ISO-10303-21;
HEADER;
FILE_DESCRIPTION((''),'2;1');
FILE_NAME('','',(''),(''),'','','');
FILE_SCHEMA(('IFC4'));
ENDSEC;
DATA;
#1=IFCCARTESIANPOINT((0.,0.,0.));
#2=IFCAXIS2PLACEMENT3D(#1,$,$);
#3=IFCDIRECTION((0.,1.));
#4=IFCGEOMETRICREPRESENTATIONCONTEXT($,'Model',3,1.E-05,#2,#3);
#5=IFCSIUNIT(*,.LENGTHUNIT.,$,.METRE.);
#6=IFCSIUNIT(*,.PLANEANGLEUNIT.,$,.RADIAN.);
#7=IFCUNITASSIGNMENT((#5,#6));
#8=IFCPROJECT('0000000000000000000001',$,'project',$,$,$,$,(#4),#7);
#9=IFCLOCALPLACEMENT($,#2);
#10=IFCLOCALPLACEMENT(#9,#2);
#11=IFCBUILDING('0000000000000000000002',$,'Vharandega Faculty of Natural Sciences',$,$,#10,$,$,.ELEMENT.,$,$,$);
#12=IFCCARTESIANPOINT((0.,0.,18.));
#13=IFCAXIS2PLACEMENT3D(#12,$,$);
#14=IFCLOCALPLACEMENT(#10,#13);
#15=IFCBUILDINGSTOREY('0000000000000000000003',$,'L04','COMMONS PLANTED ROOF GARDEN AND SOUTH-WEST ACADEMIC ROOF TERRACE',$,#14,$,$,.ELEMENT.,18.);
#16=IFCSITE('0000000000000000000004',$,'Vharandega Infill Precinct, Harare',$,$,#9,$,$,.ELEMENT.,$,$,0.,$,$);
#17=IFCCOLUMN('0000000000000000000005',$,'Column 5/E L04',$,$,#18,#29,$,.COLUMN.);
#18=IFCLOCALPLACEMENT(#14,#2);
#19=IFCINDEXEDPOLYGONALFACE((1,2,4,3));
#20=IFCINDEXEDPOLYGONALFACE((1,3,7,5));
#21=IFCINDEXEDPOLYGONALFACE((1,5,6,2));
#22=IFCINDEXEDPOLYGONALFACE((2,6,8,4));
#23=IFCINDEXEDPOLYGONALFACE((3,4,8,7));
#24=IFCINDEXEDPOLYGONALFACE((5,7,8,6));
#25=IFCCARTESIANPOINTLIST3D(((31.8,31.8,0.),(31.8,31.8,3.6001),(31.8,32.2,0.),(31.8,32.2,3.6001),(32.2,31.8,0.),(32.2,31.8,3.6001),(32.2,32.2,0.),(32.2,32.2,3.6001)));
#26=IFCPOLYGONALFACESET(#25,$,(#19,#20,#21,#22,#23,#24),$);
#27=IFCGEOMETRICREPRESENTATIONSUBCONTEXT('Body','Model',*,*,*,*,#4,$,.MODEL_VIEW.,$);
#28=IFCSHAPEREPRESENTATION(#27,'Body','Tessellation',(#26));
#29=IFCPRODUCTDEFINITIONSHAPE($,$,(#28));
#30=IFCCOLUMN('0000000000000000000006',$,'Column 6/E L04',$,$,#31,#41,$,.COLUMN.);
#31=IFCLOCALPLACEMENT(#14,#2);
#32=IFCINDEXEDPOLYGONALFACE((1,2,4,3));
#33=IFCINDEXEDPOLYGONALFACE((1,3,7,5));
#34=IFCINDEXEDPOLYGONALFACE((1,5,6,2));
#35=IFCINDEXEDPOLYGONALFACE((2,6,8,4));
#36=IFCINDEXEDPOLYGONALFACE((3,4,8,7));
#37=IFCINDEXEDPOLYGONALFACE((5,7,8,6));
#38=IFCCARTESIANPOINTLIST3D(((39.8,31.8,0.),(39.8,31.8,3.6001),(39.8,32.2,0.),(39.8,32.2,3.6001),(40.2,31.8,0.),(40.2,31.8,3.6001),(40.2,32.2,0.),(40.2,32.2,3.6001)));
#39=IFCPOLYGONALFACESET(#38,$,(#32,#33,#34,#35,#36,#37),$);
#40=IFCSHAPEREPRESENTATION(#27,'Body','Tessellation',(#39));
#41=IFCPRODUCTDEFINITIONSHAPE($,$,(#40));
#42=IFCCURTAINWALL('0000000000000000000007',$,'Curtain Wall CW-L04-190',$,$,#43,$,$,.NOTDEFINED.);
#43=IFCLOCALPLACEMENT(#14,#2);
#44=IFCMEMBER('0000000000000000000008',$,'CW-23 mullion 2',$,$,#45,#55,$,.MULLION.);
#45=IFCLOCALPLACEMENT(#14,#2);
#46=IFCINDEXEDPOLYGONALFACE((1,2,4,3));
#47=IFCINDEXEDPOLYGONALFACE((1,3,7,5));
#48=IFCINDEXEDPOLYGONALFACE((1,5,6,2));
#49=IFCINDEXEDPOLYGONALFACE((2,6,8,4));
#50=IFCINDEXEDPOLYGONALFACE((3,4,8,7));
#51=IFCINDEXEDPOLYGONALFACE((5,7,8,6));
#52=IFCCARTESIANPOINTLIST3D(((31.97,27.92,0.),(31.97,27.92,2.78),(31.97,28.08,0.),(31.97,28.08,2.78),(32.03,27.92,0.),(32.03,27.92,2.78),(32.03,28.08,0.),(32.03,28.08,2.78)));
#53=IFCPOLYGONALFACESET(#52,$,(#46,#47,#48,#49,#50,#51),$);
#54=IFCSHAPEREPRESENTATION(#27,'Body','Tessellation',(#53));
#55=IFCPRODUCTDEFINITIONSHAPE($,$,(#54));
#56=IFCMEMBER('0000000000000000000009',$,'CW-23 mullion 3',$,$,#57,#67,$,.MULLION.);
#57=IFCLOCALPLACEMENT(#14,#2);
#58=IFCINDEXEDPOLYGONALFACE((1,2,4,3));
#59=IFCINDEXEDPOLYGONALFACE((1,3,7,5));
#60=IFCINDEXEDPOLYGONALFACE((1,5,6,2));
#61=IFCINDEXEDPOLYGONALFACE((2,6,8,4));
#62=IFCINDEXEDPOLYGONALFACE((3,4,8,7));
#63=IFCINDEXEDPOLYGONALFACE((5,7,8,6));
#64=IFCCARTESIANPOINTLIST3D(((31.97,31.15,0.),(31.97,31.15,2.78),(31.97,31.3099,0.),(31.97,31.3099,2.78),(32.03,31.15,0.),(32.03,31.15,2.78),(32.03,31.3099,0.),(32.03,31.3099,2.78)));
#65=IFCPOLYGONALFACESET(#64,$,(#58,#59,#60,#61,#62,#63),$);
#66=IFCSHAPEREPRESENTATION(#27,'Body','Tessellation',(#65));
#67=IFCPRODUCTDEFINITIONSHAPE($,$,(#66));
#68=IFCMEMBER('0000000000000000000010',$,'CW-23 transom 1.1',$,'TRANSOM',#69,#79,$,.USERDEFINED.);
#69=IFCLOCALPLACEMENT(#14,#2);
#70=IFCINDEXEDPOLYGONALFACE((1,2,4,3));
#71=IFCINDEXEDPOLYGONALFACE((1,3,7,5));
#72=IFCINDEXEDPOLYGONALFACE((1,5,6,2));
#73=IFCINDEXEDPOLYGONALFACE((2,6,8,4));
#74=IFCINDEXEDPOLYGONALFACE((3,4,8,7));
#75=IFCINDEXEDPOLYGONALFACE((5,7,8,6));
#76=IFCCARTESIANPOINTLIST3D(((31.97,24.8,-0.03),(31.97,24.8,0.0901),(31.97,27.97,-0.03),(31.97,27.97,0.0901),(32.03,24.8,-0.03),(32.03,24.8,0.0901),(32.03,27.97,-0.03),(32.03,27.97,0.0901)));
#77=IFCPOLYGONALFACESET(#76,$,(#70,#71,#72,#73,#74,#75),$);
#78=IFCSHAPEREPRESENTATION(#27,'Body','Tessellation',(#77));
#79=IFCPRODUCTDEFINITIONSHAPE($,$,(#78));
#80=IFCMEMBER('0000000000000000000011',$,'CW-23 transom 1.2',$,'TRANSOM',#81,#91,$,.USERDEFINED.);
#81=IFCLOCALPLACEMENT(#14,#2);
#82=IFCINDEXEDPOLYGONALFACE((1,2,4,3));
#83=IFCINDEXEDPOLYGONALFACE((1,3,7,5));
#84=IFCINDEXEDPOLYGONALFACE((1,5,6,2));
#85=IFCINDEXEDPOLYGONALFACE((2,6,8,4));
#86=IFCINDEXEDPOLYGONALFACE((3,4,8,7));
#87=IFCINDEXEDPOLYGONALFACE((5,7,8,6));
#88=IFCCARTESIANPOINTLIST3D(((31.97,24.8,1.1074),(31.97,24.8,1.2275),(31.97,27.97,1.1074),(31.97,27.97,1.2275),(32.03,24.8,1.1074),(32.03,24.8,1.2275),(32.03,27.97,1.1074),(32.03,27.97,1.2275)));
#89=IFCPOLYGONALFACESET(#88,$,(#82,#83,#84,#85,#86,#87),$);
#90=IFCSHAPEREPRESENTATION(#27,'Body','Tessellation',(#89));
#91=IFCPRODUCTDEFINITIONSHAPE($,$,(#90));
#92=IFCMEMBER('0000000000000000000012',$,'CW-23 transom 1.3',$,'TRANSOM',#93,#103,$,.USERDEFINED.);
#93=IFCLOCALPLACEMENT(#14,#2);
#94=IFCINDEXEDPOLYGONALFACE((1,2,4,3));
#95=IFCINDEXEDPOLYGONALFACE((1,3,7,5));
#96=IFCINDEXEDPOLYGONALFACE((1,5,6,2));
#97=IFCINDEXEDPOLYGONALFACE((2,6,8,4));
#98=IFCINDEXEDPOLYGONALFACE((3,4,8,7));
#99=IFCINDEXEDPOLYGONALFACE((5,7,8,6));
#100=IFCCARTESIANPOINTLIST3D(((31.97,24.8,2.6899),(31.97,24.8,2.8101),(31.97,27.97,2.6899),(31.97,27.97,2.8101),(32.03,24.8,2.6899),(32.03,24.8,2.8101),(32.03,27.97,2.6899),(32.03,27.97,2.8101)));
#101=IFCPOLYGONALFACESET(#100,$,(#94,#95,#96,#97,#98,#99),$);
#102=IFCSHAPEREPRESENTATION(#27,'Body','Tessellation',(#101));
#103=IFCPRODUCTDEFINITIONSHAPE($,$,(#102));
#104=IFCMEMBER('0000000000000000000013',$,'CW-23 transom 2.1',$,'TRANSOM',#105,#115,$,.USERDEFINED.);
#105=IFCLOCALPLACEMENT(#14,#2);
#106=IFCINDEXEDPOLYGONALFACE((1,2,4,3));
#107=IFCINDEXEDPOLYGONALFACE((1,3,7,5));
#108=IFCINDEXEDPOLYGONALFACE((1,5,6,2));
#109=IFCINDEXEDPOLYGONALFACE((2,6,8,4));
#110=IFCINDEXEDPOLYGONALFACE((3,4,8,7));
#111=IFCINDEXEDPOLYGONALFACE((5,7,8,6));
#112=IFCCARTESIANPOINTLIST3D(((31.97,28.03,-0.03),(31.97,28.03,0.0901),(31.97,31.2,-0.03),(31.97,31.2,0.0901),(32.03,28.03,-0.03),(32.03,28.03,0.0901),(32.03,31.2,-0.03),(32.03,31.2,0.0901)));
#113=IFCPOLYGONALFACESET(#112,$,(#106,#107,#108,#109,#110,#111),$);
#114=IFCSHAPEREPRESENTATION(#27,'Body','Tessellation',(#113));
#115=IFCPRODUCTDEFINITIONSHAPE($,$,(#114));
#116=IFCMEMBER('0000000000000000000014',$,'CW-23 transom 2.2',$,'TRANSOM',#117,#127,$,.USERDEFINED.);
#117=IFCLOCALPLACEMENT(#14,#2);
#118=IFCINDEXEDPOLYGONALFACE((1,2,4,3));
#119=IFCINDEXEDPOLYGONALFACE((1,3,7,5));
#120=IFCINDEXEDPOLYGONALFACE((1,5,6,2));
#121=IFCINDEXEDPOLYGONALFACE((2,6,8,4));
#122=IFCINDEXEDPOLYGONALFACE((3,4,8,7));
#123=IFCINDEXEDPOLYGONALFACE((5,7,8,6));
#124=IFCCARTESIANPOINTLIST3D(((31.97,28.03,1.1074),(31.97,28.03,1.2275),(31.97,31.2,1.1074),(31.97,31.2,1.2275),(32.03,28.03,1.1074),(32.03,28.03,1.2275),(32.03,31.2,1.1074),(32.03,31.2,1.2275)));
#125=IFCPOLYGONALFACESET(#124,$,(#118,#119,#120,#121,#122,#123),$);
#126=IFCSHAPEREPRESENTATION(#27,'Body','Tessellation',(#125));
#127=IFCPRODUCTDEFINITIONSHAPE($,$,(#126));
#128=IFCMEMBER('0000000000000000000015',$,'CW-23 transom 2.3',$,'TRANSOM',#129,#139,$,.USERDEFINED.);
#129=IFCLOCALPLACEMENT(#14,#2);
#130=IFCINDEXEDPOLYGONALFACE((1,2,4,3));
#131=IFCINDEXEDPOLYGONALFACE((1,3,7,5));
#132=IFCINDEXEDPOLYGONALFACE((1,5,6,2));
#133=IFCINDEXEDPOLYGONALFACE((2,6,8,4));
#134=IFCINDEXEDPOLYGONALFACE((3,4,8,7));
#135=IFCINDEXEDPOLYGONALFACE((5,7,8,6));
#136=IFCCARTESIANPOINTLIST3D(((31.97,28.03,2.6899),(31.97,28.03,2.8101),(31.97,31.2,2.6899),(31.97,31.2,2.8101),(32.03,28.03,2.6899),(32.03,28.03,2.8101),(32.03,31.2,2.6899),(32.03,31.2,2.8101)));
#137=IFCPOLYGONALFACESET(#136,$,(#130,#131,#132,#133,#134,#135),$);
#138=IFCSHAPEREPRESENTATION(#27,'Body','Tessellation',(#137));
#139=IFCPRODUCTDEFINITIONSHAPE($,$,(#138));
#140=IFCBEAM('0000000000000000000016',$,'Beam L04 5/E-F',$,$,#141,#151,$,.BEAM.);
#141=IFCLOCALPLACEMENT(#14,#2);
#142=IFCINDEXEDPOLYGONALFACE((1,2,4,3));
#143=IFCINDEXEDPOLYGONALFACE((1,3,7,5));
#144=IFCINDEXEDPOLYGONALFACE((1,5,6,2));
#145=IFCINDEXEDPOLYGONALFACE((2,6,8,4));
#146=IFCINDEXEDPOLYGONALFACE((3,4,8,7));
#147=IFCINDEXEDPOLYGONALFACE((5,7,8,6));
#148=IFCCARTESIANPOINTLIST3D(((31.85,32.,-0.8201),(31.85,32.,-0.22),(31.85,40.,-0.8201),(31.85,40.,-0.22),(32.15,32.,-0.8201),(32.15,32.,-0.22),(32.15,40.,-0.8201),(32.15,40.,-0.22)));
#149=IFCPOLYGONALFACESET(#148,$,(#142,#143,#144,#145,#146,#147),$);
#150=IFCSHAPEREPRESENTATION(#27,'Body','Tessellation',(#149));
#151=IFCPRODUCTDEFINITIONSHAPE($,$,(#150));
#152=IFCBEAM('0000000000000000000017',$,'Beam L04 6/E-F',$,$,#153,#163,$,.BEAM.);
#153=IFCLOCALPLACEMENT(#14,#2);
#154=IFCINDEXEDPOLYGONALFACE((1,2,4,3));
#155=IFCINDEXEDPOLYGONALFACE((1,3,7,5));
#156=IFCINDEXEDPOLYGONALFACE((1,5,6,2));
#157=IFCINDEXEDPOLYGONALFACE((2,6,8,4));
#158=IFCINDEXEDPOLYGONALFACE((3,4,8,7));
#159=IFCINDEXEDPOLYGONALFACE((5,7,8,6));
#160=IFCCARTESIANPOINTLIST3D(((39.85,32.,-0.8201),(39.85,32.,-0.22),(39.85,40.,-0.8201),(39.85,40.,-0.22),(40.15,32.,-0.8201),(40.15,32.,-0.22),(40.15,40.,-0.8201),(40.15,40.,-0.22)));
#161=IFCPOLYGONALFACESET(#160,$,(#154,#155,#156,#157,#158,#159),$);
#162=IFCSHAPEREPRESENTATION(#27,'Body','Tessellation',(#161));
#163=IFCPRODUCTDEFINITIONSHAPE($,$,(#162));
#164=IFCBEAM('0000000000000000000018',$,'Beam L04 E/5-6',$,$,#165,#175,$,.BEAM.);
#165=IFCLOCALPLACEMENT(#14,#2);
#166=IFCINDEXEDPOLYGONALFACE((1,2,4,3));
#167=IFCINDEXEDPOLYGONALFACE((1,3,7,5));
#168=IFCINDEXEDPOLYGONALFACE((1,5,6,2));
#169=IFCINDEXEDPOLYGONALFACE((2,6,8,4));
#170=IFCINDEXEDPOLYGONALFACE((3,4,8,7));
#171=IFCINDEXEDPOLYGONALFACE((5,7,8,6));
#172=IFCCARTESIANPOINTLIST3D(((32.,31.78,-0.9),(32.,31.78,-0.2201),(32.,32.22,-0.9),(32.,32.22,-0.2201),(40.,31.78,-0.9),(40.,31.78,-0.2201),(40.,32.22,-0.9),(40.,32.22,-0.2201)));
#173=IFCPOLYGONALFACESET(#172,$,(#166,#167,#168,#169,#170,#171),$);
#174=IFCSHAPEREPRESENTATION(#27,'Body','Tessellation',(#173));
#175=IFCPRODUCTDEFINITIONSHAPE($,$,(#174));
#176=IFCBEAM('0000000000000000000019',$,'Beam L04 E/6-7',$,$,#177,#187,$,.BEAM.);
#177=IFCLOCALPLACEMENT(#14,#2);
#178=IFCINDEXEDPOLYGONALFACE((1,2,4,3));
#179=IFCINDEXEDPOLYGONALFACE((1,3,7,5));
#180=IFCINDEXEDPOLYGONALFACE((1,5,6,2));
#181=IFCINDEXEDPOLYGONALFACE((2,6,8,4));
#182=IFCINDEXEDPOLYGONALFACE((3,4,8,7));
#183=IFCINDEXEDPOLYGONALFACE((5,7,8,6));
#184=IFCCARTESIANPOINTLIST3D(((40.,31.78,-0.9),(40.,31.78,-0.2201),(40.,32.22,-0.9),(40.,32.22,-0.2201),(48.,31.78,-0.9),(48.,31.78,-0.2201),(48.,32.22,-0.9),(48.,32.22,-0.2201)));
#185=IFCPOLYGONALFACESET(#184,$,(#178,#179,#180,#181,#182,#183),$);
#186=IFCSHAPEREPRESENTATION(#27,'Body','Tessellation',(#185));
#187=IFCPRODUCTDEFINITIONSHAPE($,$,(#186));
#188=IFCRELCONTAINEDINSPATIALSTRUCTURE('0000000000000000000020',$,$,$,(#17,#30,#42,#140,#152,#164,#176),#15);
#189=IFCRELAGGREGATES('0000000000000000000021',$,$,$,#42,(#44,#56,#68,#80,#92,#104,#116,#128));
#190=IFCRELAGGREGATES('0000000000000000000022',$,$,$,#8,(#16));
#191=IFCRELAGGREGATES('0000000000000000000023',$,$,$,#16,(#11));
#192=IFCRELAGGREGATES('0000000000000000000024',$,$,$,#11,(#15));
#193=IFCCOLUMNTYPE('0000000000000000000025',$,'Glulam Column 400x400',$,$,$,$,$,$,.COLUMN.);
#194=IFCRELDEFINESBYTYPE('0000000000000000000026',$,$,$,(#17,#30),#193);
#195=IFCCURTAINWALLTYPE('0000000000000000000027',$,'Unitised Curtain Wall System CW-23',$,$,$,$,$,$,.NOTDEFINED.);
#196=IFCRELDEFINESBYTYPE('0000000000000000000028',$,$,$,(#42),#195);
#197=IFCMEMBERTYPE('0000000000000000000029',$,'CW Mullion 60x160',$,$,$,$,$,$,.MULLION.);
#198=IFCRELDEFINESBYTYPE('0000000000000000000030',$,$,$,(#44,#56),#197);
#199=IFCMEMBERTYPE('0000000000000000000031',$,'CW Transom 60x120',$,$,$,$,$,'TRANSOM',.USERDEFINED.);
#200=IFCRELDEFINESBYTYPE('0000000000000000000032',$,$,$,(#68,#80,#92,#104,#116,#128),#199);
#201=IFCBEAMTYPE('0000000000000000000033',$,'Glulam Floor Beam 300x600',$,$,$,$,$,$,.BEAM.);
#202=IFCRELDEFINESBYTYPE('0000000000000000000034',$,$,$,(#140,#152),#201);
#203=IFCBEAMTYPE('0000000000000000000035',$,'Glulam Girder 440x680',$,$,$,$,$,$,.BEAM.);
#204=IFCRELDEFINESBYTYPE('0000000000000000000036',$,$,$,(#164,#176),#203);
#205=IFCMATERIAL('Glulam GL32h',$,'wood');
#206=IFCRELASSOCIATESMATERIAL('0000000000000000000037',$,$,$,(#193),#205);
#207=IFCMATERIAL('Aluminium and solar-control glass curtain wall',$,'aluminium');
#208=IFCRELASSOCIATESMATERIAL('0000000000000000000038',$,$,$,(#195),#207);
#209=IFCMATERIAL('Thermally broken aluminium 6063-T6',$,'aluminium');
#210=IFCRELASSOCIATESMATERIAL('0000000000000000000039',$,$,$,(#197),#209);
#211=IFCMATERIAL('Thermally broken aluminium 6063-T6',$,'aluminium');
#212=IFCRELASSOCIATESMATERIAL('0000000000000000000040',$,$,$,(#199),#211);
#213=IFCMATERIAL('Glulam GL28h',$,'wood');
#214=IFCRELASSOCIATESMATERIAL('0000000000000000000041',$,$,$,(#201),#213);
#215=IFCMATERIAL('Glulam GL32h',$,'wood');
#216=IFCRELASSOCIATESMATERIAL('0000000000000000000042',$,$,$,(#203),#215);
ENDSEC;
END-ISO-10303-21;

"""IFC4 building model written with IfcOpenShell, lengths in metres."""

from ifc_helpers import new_model, si_unit, direction, frame, origin, origin_2d, place, context, subcontext, project, spatial, rectangle, extrude, material, material_profile, profile_set, type_object, element, aggregate, save


model = new_model("IFC4")

# Units and contexts
model_context = context("Model", 3, precision=1e-05, world=origin(), true_north=direction((0.0, 1.0)))
body_context = subcontext(model_context, "Body", "Model", "MODEL_VIEW")
ifc_project = project(units=[si_unit("LENGTHUNIT", "METRE"), si_unit("PLANEANGLEUNIT", "RADIAN")], contexts=[model_context])

# Site, building, storey
site_placement = place(None, origin())
site = spatial("IfcSite", under=ifc_project, at=site_placement, Name="Vharandega Infill Precinct, Harare", CompositionType="ELEMENT", RefElevation=0.0)
building_placement = place(site_placement, origin())
building = spatial("IfcBuilding", under=site, at=building_placement, Name="Vharandega Faculty of Natural Sciences", CompositionType="ELEMENT")
storey_placement = place(building_placement, frame((0.0, 0.0, 18.0)))
storey = spatial("IfcBuildingStorey", under=building, at=storey_placement, Name="L04", Description="COMMONS PLANTED ROOF GARDEN AND SOUTH-WEST ACADEMIC ROOF TERRACE", CompositionType="ELEMENT", Elevation=18.0)

# Columns
ifc_material_1 = material(Name="Glulam GL32h", Category="wood")
ifc_material_profile_1 = material_profile(ifc_material_1, rectangle(XDim=0.3999, YDim=0.3999, at=origin_2d()), Name="GL32h 400x400")
ifc_profile_set_1 = profile_set([ifc_material_profile_1], Name="Glulam GL32h")
column_type = type_object("IfcColumnType", Name="Glulam Column 400x400", PredefinedType="COLUMN", material=ifc_profile_set_1)
for number, where, z_axis, x_axis, name in (
    (1, (32.0, 32.0, 0.0), (0.0, 0.0, 1.0), (1.0, 0.0, 0.0), "Column 5/E L04"),
    (2, (40.0, 32.0, 0.0), (0.0, 0.0, 1.0), (1.0, 0.0, 0.0), "Column 6/E L04"),
):
    element("IfcColumn", number, at=place(storey_placement, frame(where, z_axis=z_axis, x_axis=x_axis)), inside=storey, type_object=column_type, Name=name, PredefinedType="COLUMN", context=body_context, shape_type="SweptSolid", body=[
        extrude(rectangle(XDim=0.3999, YDim=0.3999, at=origin_2d()), origin(), (0.0, 0.0, 1.0), 3.6001),
    ])

# Curtain wall, members
ifc_material_2 = material(Name="Aluminium and solar-control glass curtain wall", Category="aluminium")
curtain_wall_type = type_object("IfcCurtainWallType", Name="Unitised Curtain Wall System CW-23", PredefinedType="NOTDEFINED", material=ifc_material_2)
curtain_wall_placement = place(storey_placement, origin())
curtain_wall = element("IfcCurtainWall", 3, at=curtain_wall_placement, inside=storey, type_object=curtain_wall_type, Name="Curtain Wall CW-L04-190", PredefinedType="NOTDEFINED")
ifc_material_3 = material(Name="Thermally broken aluminium 6063-T6", Category="aluminium")
ifc_material_profile_2 = material_profile(ifc_material_3, rectangle(XDim=0.0601, YDim=0.1599, at=origin_2d()), Name="ALU 60x160")
ifc_profile_set_2 = profile_set([ifc_material_profile_2], Name="Thermally broken aluminium 6063-T6")
member_type_1 = type_object("IfcMemberType", Name="CW Mullion 60x160", PredefinedType="MULLION", material=ifc_profile_set_2)
member_1_placement = place(storey_placement, frame((32.0, 28.0, 0.0), z_axis=(0.0, 0.0, 1.0), x_axis=(-1.0, 0.0, 0.0)))
member_1 = element("IfcMember", 4, at=member_1_placement, type_object=member_type_1, Name="CW-23 mullion 2", PredefinedType="MULLION", context=body_context, shape_type="SweptSolid", body=[
    extrude(rectangle(XDim=0.0601, YDim=0.1599, at=origin_2d()), origin(), (0.0, 0.0, 1.0), 2.78),
])
member_2_placement = place(storey_placement, frame((32.0, 31.23, 0.0), z_axis=(0.0, 0.0, 1.0), x_axis=(-1.0, 0.0, 0.0)))
member_2 = element("IfcMember", 5, at=member_2_placement, type_object=member_type_1, Name="CW-23 mullion 3", PredefinedType="MULLION", context=body_context, shape_type="SweptSolid", body=[
    extrude(rectangle(XDim=0.0601, YDim=0.1599, at=origin_2d()), origin(), (0.0, 0.0, 1.0), 2.78),
])
ifc_material_4 = material(Name="Thermally broken aluminium 6063-T6", Category="aluminium")
ifc_material_profile_3 = material_profile(ifc_material_4, rectangle(XDim=0.0601, YDim=0.1201, at=origin_2d()), Name="ALU 60x120")
ifc_profile_set_3 = profile_set([ifc_material_profile_3], Name="Thermally broken aluminium 6063-T6")
member_type_2 = type_object("IfcMemberType", Name="CW Transom 60x120", ElementType="TRANSOM", PredefinedType="USERDEFINED", material=ifc_profile_set_3)
member_3_placement = place(storey_placement, frame((32.0, 24.8, 0.03), z_axis=(0.0, 1.0, 0.0), x_axis=(-1.0, 0.0, 0.0)))
member_3 = element("IfcMember", 6, at=member_3_placement, type_object=member_type_2, Name="CW-23 transom 1.1", ObjectType="TRANSOM", PredefinedType="USERDEFINED", context=body_context, shape_type="SweptSolid", body=[
    extrude(rectangle(XDim=0.0601, YDim=0.1201, at=origin_2d()), origin(), (0.0, 0.0, 1.0), 3.1699),
])
member_4_placement = place(storey_placement, frame((32.0, 24.8, 1.1675), z_axis=(0.0, 1.0, 0.0), x_axis=(-1.0, 0.0, 0.0)))
member_4 = element("IfcMember", 7, at=member_4_placement, type_object=member_type_2, Name="CW-23 transom 1.2", ObjectType="TRANSOM", PredefinedType="USERDEFINED", context=body_context, shape_type="SweptSolid", body=[
    extrude(rectangle(XDim=0.0601, YDim=0.1201, at=origin_2d()), origin(), (0.0, 0.0, 1.0), 3.1699),
])
member_5_placement = place(storey_placement, frame((32.0, 24.8, 2.75), z_axis=(0.0, 1.0, 0.0), x_axis=(-1.0, 0.0, 0.0)))
member_5 = element("IfcMember", 8, at=member_5_placement, type_object=member_type_2, Name="CW-23 transom 1.3", ObjectType="TRANSOM", PredefinedType="USERDEFINED", context=body_context, shape_type="SweptSolid", body=[
    extrude(rectangle(XDim=0.0601, YDim=0.1201, at=origin_2d()), origin(), (0.0, 0.0, 1.0), 3.1699),
])
member_6_placement = place(storey_placement, frame((32.0, 28.03, 0.03), z_axis=(0.0, 1.0, 0.0), x_axis=(-1.0, 0.0, 0.0)))
member_6 = element("IfcMember", 9, at=member_6_placement, type_object=member_type_2, Name="CW-23 transom 2.1", ObjectType="TRANSOM", PredefinedType="USERDEFINED", context=body_context, shape_type="SweptSolid", body=[
    extrude(rectangle(XDim=0.0601, YDim=0.1201, at=origin_2d()), origin(), (0.0, 0.0, 1.0), 3.1699),
])
member_7_placement = place(storey_placement, frame((32.0, 28.03, 1.1675), z_axis=(0.0, 1.0, 0.0), x_axis=(-1.0, 0.0, 0.0)))
member_7 = element("IfcMember", 10, at=member_7_placement, type_object=member_type_2, Name="CW-23 transom 2.2", ObjectType="TRANSOM", PredefinedType="USERDEFINED", context=body_context, shape_type="SweptSolid", body=[
    extrude(rectangle(XDim=0.0601, YDim=0.1201, at=origin_2d()), origin(), (0.0, 0.0, 1.0), 3.1699),
])
member_8_placement = place(storey_placement, frame((32.0, 28.03, 2.75), z_axis=(0.0, 1.0, 0.0), x_axis=(-1.0, 0.0, 0.0)))
member_8 = element("IfcMember", 11, at=member_8_placement, type_object=member_type_2, Name="CW-23 transom 2.3", ObjectType="TRANSOM", PredefinedType="USERDEFINED", context=body_context, shape_type="SweptSolid", body=[
    extrude(rectangle(XDim=0.0601, YDim=0.1201, at=origin_2d()), origin(), (0.0, 0.0, 1.0), 3.1699),
])

# Beams
ifc_material_5 = material(Name="Glulam GL28h", Category="wood")
ifc_material_profile_4 = material_profile(ifc_material_5, rectangle(XDim=0.3, YDim=0.6001, at=origin_2d()), Name="GL28h 300x600")
ifc_profile_set_4 = profile_set([ifc_material_profile_4], Name="Glulam GL28h")
beam_type_1 = type_object("IfcBeamType", Name="Glulam Floor Beam 300x600", PredefinedType="BEAM", material=ifc_profile_set_4)
for number, where, z_axis, x_axis, name in (
    (12, (32.0, 32.0, -0.52), (0.0, 1.0, 0.0), (-1.0, 0.0, 0.0), "Beam L04 5/E-F"),
    (13, (40.0, 32.0, -0.52), (0.0, 1.0, 0.0), (-1.0, 0.0, 0.0), "Beam L04 6/E-F"),
):
    element("IfcBeam", number, at=place(storey_placement, frame(where, z_axis=z_axis, x_axis=x_axis)), inside=storey, type_object=beam_type_1, Name=name, PredefinedType="BEAM", context=body_context, shape_type="SweptSolid", body=[
        extrude(rectangle(XDim=0.3, YDim=0.6001, at=origin_2d()), origin(), (0.0, 0.0, 1.0), 8.0),
    ])
ifc_material_6 = material(Name="Glulam GL32h", Category="wood")
ifc_material_profile_5 = material_profile(ifc_material_6, rectangle(XDim=0.4399, YDim=0.6799, at=origin_2d()), Name="GL32h 440x680")
ifc_profile_set_5 = profile_set([ifc_material_profile_5], Name="Glulam GL32h")
beam_type_2 = type_object("IfcBeamType", Name="Glulam Girder 440x680", PredefinedType="BEAM", material=ifc_profile_set_5)
for number, where, z_axis, x_axis, name in (
    (14, (32.0, 32.0, -0.5601), (1.0, 0.0, 0.0), (0.0, 1.0, 0.0), "Beam L04 E/5-6"),
    (15, (40.0, 32.0, -0.5601), (1.0, 0.0, 0.0), (0.0, 1.0, 0.0), "Beam L04 E/6-7"),
):
    element("IfcBeam", number, at=place(storey_placement, frame(where, z_axis=z_axis, x_axis=x_axis)), inside=storey, type_object=beam_type_2, Name=name, PredefinedType="BEAM", context=body_context, shape_type="SweptSolid", body=[
        extrude(rectangle(XDim=0.4399, YDim=0.6799, at=origin_2d()), origin(), (0.0, 0.0, 1.0), 8.0),
    ])

aggregate(curtain_wall, [member_1, member_2, member_3, member_4, member_5, member_6, member_7, member_8])

save(model, "model.ifc")
